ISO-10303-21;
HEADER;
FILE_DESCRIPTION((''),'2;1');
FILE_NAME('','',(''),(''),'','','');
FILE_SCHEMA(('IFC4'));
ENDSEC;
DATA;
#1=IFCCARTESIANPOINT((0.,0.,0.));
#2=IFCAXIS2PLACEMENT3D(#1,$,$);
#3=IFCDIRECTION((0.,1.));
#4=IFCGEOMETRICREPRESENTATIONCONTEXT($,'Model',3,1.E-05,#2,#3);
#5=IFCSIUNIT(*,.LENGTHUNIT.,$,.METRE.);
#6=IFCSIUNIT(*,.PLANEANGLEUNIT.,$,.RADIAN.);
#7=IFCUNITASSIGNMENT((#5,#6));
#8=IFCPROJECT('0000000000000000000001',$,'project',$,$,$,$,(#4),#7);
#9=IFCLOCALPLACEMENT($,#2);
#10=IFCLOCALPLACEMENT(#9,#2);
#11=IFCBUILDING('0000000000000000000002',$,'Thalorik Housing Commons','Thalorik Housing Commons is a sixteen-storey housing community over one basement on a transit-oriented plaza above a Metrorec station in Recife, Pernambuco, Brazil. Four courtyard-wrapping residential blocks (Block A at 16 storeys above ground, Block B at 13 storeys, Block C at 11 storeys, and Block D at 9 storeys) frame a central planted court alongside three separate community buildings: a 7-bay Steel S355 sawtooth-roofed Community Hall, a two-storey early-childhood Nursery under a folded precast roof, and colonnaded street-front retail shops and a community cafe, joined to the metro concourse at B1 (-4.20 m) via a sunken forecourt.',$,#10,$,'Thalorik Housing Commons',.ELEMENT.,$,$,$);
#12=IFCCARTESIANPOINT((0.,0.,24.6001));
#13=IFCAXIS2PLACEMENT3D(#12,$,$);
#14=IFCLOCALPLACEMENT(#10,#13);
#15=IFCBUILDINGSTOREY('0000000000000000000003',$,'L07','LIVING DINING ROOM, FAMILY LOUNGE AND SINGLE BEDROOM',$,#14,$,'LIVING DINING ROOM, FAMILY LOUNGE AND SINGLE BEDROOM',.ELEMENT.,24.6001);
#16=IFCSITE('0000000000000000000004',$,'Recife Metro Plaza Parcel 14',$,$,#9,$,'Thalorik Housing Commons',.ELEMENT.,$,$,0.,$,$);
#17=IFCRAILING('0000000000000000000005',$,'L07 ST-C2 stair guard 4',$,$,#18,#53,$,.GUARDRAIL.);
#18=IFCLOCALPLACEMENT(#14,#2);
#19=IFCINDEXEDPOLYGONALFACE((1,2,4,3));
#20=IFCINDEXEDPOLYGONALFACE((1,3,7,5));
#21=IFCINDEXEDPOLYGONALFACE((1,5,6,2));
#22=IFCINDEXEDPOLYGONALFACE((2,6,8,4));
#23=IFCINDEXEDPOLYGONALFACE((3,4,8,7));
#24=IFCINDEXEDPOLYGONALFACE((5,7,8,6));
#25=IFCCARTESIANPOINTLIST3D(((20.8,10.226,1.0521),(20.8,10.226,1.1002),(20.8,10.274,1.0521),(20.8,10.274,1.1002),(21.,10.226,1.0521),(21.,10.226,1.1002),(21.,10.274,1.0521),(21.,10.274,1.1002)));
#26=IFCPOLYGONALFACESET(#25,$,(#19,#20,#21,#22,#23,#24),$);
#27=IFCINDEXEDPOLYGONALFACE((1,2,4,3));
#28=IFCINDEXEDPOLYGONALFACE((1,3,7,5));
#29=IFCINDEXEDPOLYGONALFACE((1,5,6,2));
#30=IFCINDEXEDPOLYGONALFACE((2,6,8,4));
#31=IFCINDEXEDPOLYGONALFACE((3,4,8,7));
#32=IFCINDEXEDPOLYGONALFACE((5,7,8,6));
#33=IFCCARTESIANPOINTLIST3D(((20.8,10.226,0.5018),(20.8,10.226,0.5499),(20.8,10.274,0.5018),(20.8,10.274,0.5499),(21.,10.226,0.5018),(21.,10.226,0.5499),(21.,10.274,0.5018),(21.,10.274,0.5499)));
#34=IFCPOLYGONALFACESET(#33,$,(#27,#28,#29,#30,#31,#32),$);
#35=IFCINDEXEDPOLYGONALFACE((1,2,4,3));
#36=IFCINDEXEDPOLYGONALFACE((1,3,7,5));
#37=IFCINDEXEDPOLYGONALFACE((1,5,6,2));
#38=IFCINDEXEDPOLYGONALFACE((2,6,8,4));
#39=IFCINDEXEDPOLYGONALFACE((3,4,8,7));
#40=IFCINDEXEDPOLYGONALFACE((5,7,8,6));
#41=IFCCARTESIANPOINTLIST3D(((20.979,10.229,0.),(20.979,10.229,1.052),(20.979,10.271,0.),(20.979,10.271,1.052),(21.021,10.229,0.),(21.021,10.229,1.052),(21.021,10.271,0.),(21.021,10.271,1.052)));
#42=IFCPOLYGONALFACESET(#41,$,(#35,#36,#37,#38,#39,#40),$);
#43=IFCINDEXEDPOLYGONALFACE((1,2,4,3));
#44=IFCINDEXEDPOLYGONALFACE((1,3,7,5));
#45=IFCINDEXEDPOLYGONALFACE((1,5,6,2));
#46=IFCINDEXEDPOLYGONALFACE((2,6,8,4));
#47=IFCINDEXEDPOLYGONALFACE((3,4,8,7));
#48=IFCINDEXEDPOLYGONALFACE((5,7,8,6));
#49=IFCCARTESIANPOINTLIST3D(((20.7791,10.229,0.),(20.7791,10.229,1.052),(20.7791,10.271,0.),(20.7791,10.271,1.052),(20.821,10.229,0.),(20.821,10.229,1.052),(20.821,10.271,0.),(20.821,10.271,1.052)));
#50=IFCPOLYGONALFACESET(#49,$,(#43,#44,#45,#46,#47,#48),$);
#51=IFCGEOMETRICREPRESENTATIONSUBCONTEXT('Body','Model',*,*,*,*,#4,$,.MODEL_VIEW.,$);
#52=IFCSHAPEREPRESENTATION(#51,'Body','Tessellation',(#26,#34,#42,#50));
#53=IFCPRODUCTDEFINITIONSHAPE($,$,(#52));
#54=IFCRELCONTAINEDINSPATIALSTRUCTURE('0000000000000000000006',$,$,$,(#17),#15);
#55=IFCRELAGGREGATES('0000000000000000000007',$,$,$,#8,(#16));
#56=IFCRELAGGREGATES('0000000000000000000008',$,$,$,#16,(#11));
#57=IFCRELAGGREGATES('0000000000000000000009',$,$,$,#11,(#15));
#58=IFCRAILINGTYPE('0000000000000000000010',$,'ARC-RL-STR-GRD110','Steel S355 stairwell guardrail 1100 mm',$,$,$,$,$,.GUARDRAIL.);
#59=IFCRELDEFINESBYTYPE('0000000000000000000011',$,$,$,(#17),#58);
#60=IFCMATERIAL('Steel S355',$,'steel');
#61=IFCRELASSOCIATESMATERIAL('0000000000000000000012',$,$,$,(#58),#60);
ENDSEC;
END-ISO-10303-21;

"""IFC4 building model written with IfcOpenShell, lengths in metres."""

from ifc_helpers import new_model, si_unit, direction, frame, origin, origin_2d, place, context, subcontext, project, spatial, rectangle, extrude, material, type_object, element, save


model = new_model("IFC4")

# Units and contexts
model_context = context("Model", 3, precision=1e-05, world=origin(), true_north=direction((0.0, 1.0)))
body_context = subcontext(model_context, "Body", "Model", "MODEL_VIEW")
ifc_project = project(units=[si_unit("LENGTHUNIT", "METRE"), si_unit("PLANEANGLEUNIT", "RADIAN")], contexts=[model_context])

# Site, building, storey
site_placement = place(None, origin())
site = spatial("IfcSite", under=ifc_project, at=site_placement, Name="Recife Metro Plaza Parcel 14", LongName="Thalorik Housing Commons", CompositionType="ELEMENT", RefElevation=0.0)
building_placement = place(site_placement, origin())
building = spatial("IfcBuilding", under=site, at=building_placement, Name="Thalorik Housing Commons", Description="Thalorik Housing Commons is a sixteen-storey housing community over one basement on a transit-oriented plaza above a Metrorec station in Recife, Pernambuco, Brazil. Four courtyard-wrapping residential blocks (Block A at 16 storeys above ground, Block B at 13 storeys, Block C at 11 storeys, and Block D at 9 storeys) frame a central planted court alongside three separate community buildings: a 7-bay Steel S355 sawtooth-roofed Community Hall, a two-storey early-childhood Nursery under a folded precast roof, and colonnaded street-front retail shops and a community cafe, joined to the metro concourse at B1 (-4.20 m) via a sunken forecourt.", LongName="Thalorik Housing Commons", CompositionType="ELEMENT")
storey_placement = place(building_placement, frame((0.0, 0.0, 24.6001)))
storey = spatial("IfcBuildingStorey", under=building, at=storey_placement, Name="L07", Description="LIVING DINING ROOM, FAMILY LOUNGE AND SINGLE BEDROOM", LongName="LIVING DINING ROOM, FAMILY LOUNGE AND SINGLE BEDROOM", CompositionType="ELEMENT", Elevation=24.6001)

# Railing
ifc_material_1 = material(Name="Steel S355", Category="steel")
railing_type = type_object("IfcRailingType", Name="ARC-RL-STR-GRD110", Description="Steel S355 stairwell guardrail 1100 mm", PredefinedType="GUARDRAIL", material=ifc_material_1)
railing_1_placement = place(storey_placement, frame((21.0, 10.25, 0.0)))
element("IfcRailing", 1, at=railing_1_placement, inside=storey, type_object=railing_type, Name="L07 ST-C2 stair guard 4", PredefinedType="GUARDRAIL", context=body_context, shape_type="SweptSolid", body=[
    extrude(rectangle(XDim=0.0481, YDim=0.0481, at=origin_2d()), frame((0.0, 0.0, 1.0762), z_axis=(-1.0, 0.0, 0.0), x_axis=(0.0, -1.0, 0.0)), (0.0, 0.0, 1.0), 0.2),
    extrude(rectangle(XDim=0.0481, YDim=0.0481, at=origin_2d()), frame((0.0, 0.0, 0.5259), z_axis=(-1.0, 0.0, 0.0), x_axis=(0.0, -1.0, 0.0)), (0.0, 0.0, 1.0), 0.2),
    extrude(rectangle(XDim=0.042, YDim=0.042, at=origin_2d()), origin(), (0.0, 0.0, 1.0), 1.052),
    extrude(rectangle(XDim=0.042, YDim=0.042, at=origin_2d()), frame((-0.2, 0.0, 0.0)), (0.0, 0.0, 1.0), 1.052),
])

save(model, "model.ifc")
